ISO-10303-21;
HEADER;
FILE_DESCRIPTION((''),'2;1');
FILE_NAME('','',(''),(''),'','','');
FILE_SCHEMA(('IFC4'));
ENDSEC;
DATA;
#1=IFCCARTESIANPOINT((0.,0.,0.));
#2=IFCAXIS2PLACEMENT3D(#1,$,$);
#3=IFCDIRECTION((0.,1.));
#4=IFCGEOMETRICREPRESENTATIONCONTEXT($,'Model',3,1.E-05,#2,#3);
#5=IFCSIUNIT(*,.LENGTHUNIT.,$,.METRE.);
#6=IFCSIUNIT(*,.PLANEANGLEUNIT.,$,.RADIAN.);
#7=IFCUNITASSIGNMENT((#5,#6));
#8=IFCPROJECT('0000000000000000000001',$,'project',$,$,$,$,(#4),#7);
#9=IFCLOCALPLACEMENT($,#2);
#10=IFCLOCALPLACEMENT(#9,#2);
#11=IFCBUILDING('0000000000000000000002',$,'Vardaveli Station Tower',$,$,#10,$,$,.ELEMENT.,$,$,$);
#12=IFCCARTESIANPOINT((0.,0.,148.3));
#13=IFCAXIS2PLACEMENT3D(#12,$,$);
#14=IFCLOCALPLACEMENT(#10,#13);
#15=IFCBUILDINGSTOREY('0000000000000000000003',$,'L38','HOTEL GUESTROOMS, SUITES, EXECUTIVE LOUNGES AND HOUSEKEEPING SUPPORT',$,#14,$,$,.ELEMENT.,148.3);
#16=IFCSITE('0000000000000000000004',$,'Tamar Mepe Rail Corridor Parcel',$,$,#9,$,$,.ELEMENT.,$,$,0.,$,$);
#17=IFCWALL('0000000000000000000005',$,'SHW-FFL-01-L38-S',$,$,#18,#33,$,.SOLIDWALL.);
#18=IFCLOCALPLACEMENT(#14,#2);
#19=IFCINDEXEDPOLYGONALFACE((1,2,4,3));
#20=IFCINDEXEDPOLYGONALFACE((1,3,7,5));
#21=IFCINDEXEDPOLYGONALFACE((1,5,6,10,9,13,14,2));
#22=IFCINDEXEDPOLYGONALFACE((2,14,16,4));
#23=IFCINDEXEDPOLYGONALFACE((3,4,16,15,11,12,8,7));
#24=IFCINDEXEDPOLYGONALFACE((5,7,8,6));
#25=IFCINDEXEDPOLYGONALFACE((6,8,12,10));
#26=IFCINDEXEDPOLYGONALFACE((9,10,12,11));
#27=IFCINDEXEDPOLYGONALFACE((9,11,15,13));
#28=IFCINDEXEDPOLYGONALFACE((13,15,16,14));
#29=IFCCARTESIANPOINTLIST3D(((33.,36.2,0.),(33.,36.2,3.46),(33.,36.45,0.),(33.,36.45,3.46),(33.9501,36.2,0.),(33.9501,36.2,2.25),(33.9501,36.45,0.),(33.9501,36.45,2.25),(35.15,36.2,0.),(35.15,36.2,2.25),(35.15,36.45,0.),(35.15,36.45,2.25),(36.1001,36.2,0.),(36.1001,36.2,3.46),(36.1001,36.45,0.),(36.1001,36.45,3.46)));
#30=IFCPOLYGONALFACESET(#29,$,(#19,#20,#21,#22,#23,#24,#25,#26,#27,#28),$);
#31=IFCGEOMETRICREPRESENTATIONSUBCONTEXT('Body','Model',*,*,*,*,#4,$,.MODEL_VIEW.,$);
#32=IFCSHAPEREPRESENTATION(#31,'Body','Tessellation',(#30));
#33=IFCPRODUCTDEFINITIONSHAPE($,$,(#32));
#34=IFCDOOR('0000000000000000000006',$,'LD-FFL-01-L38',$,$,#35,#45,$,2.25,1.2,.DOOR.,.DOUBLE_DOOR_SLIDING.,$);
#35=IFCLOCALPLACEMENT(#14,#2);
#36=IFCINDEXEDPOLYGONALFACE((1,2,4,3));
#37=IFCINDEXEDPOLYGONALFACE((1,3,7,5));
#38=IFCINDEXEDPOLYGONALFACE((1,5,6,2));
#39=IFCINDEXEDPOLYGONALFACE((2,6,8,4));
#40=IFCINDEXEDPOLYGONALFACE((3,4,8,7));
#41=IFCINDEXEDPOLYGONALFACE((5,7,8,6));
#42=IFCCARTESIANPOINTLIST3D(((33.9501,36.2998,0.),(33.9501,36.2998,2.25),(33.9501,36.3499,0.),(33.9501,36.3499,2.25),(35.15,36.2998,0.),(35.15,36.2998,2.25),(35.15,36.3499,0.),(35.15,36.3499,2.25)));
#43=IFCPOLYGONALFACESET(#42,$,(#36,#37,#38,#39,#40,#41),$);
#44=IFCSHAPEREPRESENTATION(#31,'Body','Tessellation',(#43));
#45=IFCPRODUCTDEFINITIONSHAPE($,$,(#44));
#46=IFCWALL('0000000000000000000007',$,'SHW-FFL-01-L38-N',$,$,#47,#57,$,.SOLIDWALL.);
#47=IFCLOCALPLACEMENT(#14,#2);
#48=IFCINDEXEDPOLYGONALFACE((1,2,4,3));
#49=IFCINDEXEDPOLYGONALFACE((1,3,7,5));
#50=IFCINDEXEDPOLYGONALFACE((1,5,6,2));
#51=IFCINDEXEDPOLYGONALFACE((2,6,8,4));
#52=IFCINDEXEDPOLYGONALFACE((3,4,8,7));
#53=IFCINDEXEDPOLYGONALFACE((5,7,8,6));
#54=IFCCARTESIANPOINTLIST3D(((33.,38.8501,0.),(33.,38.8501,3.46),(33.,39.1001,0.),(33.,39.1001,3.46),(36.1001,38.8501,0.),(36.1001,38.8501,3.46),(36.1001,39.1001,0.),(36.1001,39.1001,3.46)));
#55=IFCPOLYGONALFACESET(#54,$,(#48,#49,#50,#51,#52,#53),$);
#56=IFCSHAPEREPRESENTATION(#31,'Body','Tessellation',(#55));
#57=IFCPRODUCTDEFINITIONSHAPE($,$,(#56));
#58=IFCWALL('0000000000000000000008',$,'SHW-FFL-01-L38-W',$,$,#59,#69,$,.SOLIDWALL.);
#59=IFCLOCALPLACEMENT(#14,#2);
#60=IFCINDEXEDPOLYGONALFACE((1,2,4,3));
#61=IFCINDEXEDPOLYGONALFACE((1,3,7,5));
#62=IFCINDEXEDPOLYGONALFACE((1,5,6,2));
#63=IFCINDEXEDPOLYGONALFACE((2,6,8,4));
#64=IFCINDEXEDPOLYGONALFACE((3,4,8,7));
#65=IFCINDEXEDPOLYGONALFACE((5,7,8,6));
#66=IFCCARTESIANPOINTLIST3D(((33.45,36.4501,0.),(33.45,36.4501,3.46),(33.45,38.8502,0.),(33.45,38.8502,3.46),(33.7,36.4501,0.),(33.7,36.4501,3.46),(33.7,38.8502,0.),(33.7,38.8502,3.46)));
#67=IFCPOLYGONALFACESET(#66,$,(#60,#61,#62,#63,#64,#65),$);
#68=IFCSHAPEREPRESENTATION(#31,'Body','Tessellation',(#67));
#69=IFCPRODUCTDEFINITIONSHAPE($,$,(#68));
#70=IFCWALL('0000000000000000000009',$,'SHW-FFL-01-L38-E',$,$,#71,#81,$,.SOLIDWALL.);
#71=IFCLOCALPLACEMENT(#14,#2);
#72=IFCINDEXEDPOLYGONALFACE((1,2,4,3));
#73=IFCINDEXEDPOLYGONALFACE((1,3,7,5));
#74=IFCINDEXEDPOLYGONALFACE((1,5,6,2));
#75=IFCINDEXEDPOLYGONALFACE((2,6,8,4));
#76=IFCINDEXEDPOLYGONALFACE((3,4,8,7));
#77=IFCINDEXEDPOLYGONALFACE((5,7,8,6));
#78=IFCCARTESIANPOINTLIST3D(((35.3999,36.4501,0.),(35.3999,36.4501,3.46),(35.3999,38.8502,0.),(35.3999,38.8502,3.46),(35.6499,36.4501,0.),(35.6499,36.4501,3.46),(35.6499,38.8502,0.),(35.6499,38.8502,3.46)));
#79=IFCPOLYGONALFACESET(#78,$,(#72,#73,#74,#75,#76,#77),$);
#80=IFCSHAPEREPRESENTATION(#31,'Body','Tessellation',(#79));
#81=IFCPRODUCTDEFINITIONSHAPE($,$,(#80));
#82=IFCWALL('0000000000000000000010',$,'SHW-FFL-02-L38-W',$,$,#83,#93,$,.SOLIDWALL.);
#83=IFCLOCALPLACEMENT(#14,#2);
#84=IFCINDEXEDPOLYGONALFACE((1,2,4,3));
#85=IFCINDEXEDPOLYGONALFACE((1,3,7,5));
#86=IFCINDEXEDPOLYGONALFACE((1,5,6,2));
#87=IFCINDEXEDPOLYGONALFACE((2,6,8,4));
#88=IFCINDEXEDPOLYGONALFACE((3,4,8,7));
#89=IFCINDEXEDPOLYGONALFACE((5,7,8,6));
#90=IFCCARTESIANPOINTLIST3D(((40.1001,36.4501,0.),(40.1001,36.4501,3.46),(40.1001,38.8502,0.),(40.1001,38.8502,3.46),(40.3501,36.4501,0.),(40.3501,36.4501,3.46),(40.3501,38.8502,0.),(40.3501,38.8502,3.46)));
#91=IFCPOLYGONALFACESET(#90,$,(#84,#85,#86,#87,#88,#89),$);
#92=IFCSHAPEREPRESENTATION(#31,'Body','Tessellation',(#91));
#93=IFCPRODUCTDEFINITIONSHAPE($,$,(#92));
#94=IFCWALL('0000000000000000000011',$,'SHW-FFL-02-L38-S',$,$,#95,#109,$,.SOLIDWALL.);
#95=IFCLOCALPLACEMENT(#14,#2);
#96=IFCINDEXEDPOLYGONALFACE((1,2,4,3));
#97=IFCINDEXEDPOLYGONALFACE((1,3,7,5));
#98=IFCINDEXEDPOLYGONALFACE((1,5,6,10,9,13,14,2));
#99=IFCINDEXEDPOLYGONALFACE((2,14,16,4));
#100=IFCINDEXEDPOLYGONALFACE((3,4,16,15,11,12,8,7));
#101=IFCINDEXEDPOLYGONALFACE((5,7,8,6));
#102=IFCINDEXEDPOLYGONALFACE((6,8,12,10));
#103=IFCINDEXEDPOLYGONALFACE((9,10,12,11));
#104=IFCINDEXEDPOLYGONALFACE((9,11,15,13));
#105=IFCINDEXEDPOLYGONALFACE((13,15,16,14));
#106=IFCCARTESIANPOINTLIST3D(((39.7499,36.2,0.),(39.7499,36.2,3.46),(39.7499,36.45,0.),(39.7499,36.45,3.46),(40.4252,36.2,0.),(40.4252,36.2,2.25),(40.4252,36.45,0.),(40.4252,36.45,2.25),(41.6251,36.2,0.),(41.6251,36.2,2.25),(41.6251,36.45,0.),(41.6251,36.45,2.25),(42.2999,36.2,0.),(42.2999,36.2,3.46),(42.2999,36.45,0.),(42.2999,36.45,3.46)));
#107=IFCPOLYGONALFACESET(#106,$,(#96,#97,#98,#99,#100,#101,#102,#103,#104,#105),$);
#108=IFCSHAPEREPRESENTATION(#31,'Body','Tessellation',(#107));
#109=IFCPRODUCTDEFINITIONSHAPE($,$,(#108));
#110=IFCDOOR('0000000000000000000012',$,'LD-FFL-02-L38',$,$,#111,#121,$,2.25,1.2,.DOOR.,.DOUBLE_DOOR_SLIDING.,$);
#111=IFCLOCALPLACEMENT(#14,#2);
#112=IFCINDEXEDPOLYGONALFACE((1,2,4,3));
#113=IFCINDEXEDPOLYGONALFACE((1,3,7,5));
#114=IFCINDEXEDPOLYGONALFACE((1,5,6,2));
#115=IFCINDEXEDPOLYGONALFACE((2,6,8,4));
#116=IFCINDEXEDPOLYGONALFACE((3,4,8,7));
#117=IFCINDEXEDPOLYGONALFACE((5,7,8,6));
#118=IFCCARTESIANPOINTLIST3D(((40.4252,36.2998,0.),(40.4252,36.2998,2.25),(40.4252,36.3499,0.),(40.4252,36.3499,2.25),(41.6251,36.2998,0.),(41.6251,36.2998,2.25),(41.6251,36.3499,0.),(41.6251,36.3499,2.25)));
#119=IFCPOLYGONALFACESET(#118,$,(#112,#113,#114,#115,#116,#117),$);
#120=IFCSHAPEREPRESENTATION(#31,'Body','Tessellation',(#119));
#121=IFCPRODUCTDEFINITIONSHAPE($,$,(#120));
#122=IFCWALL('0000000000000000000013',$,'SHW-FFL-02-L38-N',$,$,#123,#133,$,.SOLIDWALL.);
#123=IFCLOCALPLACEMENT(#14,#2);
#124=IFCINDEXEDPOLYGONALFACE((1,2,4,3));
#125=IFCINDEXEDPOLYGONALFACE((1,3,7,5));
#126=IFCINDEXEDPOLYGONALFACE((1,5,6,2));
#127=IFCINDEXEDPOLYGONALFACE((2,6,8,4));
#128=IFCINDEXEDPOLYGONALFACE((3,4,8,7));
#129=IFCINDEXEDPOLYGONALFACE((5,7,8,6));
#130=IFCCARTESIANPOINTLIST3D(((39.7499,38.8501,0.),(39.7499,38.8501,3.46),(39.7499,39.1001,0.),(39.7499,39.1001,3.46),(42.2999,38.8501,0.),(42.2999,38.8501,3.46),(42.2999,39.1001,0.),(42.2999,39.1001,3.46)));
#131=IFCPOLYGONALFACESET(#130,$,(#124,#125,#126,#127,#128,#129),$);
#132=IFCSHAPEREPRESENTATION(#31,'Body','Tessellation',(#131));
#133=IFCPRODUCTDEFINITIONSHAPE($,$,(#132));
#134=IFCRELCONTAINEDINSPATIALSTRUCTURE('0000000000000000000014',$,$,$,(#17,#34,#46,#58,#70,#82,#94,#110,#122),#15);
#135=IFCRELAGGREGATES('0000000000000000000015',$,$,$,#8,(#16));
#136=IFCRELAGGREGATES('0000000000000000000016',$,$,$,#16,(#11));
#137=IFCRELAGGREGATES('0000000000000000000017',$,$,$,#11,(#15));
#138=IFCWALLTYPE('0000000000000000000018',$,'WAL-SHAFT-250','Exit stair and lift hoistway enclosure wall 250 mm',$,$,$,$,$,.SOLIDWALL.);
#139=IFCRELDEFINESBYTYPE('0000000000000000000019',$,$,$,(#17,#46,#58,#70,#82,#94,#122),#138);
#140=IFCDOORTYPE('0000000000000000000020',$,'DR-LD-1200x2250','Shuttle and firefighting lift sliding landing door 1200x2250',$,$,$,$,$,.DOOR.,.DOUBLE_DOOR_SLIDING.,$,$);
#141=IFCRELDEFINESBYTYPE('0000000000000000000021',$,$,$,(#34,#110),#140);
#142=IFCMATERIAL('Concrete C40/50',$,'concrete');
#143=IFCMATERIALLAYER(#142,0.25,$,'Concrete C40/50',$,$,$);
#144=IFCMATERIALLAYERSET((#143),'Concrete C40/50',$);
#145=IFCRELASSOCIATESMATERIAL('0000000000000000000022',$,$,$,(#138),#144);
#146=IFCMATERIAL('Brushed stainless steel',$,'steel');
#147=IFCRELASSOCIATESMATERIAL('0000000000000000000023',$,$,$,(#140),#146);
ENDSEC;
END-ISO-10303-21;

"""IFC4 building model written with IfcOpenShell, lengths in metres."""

from ifc_helpers import new_model, si_unit, direction, frame, frame_2d, origin, place, context, subcontext, project, spatial, rectangle, extrude, source, transform, mapped, material, layer, layer_set, type_object, element, fill, save


model = new_model("IFC4")

# Units and contexts
model_context = context("Model", 3, precision=1e-05, world=origin(), true_north=direction((0.0, 1.0)))
body_context = subcontext(model_context, "Body", "Model", "MODEL_VIEW")
ifc_project = project(units=[si_unit("LENGTHUNIT", "METRE"), si_unit("PLANEANGLEUNIT", "RADIAN")], contexts=[model_context])

# Site, building, storey
site_placement = place(None, origin())
site = spatial("IfcSite", under=ifc_project, at=site_placement, Name="Tamar Mepe Rail Corridor Parcel", CompositionType="ELEMENT", RefElevation=0.0)
building_placement = place(site_placement, origin())
building = spatial("IfcBuilding", under=site, at=building_placement, Name="Vardaveli Station Tower", CompositionType="ELEMENT")
storey_placement = place(building_placement, frame((0.0, 0.0, 148.3)))
storey = spatial("IfcBuildingStorey", under=building, at=storey_placement, Name="L38", Description="HOTEL GUESTROOMS, SUITES, EXECUTIVE LOUNGES AND HOUSEKEEPING SUPPORT", CompositionType="ELEMENT", Elevation=148.3)

# Shared definitions
ifc_material_1 = material(Name="Concrete C40/50", Category="concrete")
ifc_layer_1 = layer(ifc_material_1, 0.25, Name="Concrete C40/50")
ifc_layer_set_1 = layer_set([ifc_layer_1], Name="Concrete C40/50")
wall_type = type_object("IfcWallType", Name="WAL-SHAFT-250", Description="Exit stair and lift hoistway enclosure wall 250 mm", PredefinedType="SOLIDWALL", material=ifc_layer_set_1)

# Wall, opening, door
shared_shape_1 = source(origin(), body_context, "Body", "SweptSolid", [
    extrude(rectangle(XDim=3.1001, YDim=0.25, at=frame_2d((1.55, 0.0))), origin(), (0.0, 0.0, 1.0), 3.46),
])
wall_1_placement = place(storey_placement, frame((33.0, 36.325, 0.0), z_axis=(0.0, 0.0, 1.0), x_axis=(1.0, 0.0, 0.0)))
wall_1 = element("IfcWall", 1, at=wall_1_placement, inside=storey, type_object=wall_type, Name="SHW-FFL-01-L38-S", PredefinedType="SOLIDWALL", context=body_context, shape_type="MappedRepresentation", body=[
    mapped(shared_shape_1, transform((0.0, 0.0, 0.0), scale=1.0)),
])
shared_shape_2 = source(origin(), body_context, "Body", "SweptSolid", [
    extrude(rectangle(XDim=1.2, YDim=2.25, at=frame_2d((0.6001, 1.125))), frame((0.0, 0.135, 0.0), z_axis=(0.0, -1.0, 0.0), x_axis=(1.0, 0.0, 0.0)), (0.0, 0.0, 1.0), 0.27),
])
opening_1_placement = place(wall_1_placement, frame((0.95, 0.0, 0.0)))
opening_1 = element("IfcOpeningElement", 2, at=opening_1_placement, cuts=wall_1, PredefinedType="OPENING", context=body_context, shape_type="MappedRepresentation", body=[
    mapped(shared_shape_2, transform((0.0, 0.0, 0.0), scale=1.0)),
])
ifc_material_2 = material(Name="Brushed stainless steel", Category="steel")
door_type = type_object("IfcDoorType", Name="DR-LD-1200x2250", Description="Shuttle and firefighting lift sliding landing door 1200x2250", OperationType="DOUBLE_DOOR_SLIDING", PredefinedType="DOOR", material=ifc_material_2)
shared_shape_3 = source(origin(), body_context, "Body", "SweptSolid", [
    extrude(rectangle(XDim=1.2, YDim=2.25, at=frame_2d((0.6001, 1.125))), frame((0.0, 0.0249, 0.0), z_axis=(0.0, -1.0, 0.0), x_axis=(1.0, 0.0, 0.0)), (0.0, 0.0, 1.0), 0.05),
])
door_1_placement = place(opening_1_placement, origin())
door_1 = element("IfcDoor", 3, at=door_1_placement, inside=storey, type_object=door_type, Name="LD-FFL-01-L38", OperationType="DOUBLE_DOOR_SLIDING", OverallHeight=2.25, OverallWidth=1.2, PredefinedType="DOOR", context=body_context, shape_type="MappedRepresentation", body=[
    mapped(shared_shape_3, transform((0.0, 0.0, 0.0), scale=1.0)),
])
fill(opening_1, door_1)

# Walls
wall_2_placement = place(storey_placement, frame((33.0, 38.9751, 0.0), z_axis=(0.0, 0.0, 1.0), x_axis=(1.0, 0.0, 0.0)))
element("IfcWall", 4, at=wall_2_placement, inside=storey, type_object=wall_type, Name="SHW-FFL-01-L38-N", PredefinedType="SOLIDWALL", context=body_context, shape_type="MappedRepresentation", body=[
    mapped(shared_shape_1, transform((0.0, 0.0, 0.0), scale=1.0)),
])
shared_shape_4 = source(origin(), body_context, "Body", "SweptSolid", [
    extrude(rectangle(XDim=2.4001, YDim=0.25, at=frame_2d((1.2002, 0.0))), origin(), (0.0, 0.0, 1.0), 3.46),
])
for number, where, z_axis, x_axis, name in (
    (5, (33.575, 36.45, 0.0), (0.0, 0.0, 1.0), (0.0, 1.0, 0.0), "SHW-FFL-01-L38-W"),
    (6, (35.5249, 36.45, 0.0), (0.0, 0.0, 1.0), (0.0, 1.0, 0.0), "SHW-FFL-01-L38-E"),
    (7, (40.2251, 36.45, 0.0), (0.0, 0.0, 1.0), (0.0, 1.0, 0.0), "SHW-FFL-02-L38-W"),
):
    element("IfcWall", number, at=place(storey_placement, frame(where, z_axis=z_axis, x_axis=x_axis)), inside=storey, type_object=wall_type, Name=name, PredefinedType="SOLIDWALL", context=body_context, shape_type="MappedRepresentation", body=[
        mapped(shared_shape_4, transform((0.0, 0.0, 0.0), scale=1.0)),
    ])

# Wall, opening, door
shared_shape_5 = source(origin(), body_context, "Body", "SweptSolid", [
    extrude(rectangle(XDim=2.55, YDim=0.25, at=frame_2d((1.2749, 0.0))), origin(), (0.0, 0.0, 1.0), 3.46),
])
wall_3_placement = place(storey_placement, frame((39.75, 36.325, 0.0), z_axis=(0.0, 0.0, 1.0), x_axis=(1.0, 0.0, 0.0)))
wall_3 = element("IfcWall", 8, at=wall_3_placement, inside=storey, type_object=wall_type, Name="SHW-FFL-02-L38-S", PredefinedType="SOLIDWALL", context=body_context, shape_type="MappedRepresentation", body=[
    mapped(shared_shape_5, transform((0.0, 0.0, 0.0), scale=1.0)),
])
opening_2_placement = place(wall_3_placement, frame((0.675, 0.0, 0.0)))
opening_2 = element("IfcOpeningElement", 9, at=opening_2_placement, cuts=wall_3, PredefinedType="OPENING", context=body_context, shape_type="MappedRepresentation", body=[
    mapped(shared_shape_2, transform((0.0, 0.0, 0.0), scale=1.0)),
])
door_2_placement = place(opening_2_placement, origin())
door_2 = element("IfcDoor", 10, at=door_2_placement, inside=storey, type_object=door_type, Name="LD-FFL-02-L38", OperationType="DOUBLE_DOOR_SLIDING", OverallHeight=2.25, OverallWidth=1.2, PredefinedType="DOOR", context=body_context, shape_type="MappedRepresentation", body=[
    mapped(shared_shape_3, transform((0.0, 0.0, 0.0), scale=1.0)),
])
fill(opening_2, door_2)

# Wall
wall_4_placement = place(storey_placement, frame((39.75, 38.9751, 0.0), z_axis=(0.0, 0.0, 1.0), x_axis=(1.0, 0.0, 0.0)))
element("IfcWall", 11, at=wall_4_placement, inside=storey, type_object=wall_type, Name="SHW-FFL-02-L38-N", PredefinedType="SOLIDWALL", context=body_context, shape_type="MappedRepresentation", body=[
    mapped(shared_shape_5, transform((0.0, 0.0, 0.0), scale=1.0)),
])

save(model, "model.ifc")
